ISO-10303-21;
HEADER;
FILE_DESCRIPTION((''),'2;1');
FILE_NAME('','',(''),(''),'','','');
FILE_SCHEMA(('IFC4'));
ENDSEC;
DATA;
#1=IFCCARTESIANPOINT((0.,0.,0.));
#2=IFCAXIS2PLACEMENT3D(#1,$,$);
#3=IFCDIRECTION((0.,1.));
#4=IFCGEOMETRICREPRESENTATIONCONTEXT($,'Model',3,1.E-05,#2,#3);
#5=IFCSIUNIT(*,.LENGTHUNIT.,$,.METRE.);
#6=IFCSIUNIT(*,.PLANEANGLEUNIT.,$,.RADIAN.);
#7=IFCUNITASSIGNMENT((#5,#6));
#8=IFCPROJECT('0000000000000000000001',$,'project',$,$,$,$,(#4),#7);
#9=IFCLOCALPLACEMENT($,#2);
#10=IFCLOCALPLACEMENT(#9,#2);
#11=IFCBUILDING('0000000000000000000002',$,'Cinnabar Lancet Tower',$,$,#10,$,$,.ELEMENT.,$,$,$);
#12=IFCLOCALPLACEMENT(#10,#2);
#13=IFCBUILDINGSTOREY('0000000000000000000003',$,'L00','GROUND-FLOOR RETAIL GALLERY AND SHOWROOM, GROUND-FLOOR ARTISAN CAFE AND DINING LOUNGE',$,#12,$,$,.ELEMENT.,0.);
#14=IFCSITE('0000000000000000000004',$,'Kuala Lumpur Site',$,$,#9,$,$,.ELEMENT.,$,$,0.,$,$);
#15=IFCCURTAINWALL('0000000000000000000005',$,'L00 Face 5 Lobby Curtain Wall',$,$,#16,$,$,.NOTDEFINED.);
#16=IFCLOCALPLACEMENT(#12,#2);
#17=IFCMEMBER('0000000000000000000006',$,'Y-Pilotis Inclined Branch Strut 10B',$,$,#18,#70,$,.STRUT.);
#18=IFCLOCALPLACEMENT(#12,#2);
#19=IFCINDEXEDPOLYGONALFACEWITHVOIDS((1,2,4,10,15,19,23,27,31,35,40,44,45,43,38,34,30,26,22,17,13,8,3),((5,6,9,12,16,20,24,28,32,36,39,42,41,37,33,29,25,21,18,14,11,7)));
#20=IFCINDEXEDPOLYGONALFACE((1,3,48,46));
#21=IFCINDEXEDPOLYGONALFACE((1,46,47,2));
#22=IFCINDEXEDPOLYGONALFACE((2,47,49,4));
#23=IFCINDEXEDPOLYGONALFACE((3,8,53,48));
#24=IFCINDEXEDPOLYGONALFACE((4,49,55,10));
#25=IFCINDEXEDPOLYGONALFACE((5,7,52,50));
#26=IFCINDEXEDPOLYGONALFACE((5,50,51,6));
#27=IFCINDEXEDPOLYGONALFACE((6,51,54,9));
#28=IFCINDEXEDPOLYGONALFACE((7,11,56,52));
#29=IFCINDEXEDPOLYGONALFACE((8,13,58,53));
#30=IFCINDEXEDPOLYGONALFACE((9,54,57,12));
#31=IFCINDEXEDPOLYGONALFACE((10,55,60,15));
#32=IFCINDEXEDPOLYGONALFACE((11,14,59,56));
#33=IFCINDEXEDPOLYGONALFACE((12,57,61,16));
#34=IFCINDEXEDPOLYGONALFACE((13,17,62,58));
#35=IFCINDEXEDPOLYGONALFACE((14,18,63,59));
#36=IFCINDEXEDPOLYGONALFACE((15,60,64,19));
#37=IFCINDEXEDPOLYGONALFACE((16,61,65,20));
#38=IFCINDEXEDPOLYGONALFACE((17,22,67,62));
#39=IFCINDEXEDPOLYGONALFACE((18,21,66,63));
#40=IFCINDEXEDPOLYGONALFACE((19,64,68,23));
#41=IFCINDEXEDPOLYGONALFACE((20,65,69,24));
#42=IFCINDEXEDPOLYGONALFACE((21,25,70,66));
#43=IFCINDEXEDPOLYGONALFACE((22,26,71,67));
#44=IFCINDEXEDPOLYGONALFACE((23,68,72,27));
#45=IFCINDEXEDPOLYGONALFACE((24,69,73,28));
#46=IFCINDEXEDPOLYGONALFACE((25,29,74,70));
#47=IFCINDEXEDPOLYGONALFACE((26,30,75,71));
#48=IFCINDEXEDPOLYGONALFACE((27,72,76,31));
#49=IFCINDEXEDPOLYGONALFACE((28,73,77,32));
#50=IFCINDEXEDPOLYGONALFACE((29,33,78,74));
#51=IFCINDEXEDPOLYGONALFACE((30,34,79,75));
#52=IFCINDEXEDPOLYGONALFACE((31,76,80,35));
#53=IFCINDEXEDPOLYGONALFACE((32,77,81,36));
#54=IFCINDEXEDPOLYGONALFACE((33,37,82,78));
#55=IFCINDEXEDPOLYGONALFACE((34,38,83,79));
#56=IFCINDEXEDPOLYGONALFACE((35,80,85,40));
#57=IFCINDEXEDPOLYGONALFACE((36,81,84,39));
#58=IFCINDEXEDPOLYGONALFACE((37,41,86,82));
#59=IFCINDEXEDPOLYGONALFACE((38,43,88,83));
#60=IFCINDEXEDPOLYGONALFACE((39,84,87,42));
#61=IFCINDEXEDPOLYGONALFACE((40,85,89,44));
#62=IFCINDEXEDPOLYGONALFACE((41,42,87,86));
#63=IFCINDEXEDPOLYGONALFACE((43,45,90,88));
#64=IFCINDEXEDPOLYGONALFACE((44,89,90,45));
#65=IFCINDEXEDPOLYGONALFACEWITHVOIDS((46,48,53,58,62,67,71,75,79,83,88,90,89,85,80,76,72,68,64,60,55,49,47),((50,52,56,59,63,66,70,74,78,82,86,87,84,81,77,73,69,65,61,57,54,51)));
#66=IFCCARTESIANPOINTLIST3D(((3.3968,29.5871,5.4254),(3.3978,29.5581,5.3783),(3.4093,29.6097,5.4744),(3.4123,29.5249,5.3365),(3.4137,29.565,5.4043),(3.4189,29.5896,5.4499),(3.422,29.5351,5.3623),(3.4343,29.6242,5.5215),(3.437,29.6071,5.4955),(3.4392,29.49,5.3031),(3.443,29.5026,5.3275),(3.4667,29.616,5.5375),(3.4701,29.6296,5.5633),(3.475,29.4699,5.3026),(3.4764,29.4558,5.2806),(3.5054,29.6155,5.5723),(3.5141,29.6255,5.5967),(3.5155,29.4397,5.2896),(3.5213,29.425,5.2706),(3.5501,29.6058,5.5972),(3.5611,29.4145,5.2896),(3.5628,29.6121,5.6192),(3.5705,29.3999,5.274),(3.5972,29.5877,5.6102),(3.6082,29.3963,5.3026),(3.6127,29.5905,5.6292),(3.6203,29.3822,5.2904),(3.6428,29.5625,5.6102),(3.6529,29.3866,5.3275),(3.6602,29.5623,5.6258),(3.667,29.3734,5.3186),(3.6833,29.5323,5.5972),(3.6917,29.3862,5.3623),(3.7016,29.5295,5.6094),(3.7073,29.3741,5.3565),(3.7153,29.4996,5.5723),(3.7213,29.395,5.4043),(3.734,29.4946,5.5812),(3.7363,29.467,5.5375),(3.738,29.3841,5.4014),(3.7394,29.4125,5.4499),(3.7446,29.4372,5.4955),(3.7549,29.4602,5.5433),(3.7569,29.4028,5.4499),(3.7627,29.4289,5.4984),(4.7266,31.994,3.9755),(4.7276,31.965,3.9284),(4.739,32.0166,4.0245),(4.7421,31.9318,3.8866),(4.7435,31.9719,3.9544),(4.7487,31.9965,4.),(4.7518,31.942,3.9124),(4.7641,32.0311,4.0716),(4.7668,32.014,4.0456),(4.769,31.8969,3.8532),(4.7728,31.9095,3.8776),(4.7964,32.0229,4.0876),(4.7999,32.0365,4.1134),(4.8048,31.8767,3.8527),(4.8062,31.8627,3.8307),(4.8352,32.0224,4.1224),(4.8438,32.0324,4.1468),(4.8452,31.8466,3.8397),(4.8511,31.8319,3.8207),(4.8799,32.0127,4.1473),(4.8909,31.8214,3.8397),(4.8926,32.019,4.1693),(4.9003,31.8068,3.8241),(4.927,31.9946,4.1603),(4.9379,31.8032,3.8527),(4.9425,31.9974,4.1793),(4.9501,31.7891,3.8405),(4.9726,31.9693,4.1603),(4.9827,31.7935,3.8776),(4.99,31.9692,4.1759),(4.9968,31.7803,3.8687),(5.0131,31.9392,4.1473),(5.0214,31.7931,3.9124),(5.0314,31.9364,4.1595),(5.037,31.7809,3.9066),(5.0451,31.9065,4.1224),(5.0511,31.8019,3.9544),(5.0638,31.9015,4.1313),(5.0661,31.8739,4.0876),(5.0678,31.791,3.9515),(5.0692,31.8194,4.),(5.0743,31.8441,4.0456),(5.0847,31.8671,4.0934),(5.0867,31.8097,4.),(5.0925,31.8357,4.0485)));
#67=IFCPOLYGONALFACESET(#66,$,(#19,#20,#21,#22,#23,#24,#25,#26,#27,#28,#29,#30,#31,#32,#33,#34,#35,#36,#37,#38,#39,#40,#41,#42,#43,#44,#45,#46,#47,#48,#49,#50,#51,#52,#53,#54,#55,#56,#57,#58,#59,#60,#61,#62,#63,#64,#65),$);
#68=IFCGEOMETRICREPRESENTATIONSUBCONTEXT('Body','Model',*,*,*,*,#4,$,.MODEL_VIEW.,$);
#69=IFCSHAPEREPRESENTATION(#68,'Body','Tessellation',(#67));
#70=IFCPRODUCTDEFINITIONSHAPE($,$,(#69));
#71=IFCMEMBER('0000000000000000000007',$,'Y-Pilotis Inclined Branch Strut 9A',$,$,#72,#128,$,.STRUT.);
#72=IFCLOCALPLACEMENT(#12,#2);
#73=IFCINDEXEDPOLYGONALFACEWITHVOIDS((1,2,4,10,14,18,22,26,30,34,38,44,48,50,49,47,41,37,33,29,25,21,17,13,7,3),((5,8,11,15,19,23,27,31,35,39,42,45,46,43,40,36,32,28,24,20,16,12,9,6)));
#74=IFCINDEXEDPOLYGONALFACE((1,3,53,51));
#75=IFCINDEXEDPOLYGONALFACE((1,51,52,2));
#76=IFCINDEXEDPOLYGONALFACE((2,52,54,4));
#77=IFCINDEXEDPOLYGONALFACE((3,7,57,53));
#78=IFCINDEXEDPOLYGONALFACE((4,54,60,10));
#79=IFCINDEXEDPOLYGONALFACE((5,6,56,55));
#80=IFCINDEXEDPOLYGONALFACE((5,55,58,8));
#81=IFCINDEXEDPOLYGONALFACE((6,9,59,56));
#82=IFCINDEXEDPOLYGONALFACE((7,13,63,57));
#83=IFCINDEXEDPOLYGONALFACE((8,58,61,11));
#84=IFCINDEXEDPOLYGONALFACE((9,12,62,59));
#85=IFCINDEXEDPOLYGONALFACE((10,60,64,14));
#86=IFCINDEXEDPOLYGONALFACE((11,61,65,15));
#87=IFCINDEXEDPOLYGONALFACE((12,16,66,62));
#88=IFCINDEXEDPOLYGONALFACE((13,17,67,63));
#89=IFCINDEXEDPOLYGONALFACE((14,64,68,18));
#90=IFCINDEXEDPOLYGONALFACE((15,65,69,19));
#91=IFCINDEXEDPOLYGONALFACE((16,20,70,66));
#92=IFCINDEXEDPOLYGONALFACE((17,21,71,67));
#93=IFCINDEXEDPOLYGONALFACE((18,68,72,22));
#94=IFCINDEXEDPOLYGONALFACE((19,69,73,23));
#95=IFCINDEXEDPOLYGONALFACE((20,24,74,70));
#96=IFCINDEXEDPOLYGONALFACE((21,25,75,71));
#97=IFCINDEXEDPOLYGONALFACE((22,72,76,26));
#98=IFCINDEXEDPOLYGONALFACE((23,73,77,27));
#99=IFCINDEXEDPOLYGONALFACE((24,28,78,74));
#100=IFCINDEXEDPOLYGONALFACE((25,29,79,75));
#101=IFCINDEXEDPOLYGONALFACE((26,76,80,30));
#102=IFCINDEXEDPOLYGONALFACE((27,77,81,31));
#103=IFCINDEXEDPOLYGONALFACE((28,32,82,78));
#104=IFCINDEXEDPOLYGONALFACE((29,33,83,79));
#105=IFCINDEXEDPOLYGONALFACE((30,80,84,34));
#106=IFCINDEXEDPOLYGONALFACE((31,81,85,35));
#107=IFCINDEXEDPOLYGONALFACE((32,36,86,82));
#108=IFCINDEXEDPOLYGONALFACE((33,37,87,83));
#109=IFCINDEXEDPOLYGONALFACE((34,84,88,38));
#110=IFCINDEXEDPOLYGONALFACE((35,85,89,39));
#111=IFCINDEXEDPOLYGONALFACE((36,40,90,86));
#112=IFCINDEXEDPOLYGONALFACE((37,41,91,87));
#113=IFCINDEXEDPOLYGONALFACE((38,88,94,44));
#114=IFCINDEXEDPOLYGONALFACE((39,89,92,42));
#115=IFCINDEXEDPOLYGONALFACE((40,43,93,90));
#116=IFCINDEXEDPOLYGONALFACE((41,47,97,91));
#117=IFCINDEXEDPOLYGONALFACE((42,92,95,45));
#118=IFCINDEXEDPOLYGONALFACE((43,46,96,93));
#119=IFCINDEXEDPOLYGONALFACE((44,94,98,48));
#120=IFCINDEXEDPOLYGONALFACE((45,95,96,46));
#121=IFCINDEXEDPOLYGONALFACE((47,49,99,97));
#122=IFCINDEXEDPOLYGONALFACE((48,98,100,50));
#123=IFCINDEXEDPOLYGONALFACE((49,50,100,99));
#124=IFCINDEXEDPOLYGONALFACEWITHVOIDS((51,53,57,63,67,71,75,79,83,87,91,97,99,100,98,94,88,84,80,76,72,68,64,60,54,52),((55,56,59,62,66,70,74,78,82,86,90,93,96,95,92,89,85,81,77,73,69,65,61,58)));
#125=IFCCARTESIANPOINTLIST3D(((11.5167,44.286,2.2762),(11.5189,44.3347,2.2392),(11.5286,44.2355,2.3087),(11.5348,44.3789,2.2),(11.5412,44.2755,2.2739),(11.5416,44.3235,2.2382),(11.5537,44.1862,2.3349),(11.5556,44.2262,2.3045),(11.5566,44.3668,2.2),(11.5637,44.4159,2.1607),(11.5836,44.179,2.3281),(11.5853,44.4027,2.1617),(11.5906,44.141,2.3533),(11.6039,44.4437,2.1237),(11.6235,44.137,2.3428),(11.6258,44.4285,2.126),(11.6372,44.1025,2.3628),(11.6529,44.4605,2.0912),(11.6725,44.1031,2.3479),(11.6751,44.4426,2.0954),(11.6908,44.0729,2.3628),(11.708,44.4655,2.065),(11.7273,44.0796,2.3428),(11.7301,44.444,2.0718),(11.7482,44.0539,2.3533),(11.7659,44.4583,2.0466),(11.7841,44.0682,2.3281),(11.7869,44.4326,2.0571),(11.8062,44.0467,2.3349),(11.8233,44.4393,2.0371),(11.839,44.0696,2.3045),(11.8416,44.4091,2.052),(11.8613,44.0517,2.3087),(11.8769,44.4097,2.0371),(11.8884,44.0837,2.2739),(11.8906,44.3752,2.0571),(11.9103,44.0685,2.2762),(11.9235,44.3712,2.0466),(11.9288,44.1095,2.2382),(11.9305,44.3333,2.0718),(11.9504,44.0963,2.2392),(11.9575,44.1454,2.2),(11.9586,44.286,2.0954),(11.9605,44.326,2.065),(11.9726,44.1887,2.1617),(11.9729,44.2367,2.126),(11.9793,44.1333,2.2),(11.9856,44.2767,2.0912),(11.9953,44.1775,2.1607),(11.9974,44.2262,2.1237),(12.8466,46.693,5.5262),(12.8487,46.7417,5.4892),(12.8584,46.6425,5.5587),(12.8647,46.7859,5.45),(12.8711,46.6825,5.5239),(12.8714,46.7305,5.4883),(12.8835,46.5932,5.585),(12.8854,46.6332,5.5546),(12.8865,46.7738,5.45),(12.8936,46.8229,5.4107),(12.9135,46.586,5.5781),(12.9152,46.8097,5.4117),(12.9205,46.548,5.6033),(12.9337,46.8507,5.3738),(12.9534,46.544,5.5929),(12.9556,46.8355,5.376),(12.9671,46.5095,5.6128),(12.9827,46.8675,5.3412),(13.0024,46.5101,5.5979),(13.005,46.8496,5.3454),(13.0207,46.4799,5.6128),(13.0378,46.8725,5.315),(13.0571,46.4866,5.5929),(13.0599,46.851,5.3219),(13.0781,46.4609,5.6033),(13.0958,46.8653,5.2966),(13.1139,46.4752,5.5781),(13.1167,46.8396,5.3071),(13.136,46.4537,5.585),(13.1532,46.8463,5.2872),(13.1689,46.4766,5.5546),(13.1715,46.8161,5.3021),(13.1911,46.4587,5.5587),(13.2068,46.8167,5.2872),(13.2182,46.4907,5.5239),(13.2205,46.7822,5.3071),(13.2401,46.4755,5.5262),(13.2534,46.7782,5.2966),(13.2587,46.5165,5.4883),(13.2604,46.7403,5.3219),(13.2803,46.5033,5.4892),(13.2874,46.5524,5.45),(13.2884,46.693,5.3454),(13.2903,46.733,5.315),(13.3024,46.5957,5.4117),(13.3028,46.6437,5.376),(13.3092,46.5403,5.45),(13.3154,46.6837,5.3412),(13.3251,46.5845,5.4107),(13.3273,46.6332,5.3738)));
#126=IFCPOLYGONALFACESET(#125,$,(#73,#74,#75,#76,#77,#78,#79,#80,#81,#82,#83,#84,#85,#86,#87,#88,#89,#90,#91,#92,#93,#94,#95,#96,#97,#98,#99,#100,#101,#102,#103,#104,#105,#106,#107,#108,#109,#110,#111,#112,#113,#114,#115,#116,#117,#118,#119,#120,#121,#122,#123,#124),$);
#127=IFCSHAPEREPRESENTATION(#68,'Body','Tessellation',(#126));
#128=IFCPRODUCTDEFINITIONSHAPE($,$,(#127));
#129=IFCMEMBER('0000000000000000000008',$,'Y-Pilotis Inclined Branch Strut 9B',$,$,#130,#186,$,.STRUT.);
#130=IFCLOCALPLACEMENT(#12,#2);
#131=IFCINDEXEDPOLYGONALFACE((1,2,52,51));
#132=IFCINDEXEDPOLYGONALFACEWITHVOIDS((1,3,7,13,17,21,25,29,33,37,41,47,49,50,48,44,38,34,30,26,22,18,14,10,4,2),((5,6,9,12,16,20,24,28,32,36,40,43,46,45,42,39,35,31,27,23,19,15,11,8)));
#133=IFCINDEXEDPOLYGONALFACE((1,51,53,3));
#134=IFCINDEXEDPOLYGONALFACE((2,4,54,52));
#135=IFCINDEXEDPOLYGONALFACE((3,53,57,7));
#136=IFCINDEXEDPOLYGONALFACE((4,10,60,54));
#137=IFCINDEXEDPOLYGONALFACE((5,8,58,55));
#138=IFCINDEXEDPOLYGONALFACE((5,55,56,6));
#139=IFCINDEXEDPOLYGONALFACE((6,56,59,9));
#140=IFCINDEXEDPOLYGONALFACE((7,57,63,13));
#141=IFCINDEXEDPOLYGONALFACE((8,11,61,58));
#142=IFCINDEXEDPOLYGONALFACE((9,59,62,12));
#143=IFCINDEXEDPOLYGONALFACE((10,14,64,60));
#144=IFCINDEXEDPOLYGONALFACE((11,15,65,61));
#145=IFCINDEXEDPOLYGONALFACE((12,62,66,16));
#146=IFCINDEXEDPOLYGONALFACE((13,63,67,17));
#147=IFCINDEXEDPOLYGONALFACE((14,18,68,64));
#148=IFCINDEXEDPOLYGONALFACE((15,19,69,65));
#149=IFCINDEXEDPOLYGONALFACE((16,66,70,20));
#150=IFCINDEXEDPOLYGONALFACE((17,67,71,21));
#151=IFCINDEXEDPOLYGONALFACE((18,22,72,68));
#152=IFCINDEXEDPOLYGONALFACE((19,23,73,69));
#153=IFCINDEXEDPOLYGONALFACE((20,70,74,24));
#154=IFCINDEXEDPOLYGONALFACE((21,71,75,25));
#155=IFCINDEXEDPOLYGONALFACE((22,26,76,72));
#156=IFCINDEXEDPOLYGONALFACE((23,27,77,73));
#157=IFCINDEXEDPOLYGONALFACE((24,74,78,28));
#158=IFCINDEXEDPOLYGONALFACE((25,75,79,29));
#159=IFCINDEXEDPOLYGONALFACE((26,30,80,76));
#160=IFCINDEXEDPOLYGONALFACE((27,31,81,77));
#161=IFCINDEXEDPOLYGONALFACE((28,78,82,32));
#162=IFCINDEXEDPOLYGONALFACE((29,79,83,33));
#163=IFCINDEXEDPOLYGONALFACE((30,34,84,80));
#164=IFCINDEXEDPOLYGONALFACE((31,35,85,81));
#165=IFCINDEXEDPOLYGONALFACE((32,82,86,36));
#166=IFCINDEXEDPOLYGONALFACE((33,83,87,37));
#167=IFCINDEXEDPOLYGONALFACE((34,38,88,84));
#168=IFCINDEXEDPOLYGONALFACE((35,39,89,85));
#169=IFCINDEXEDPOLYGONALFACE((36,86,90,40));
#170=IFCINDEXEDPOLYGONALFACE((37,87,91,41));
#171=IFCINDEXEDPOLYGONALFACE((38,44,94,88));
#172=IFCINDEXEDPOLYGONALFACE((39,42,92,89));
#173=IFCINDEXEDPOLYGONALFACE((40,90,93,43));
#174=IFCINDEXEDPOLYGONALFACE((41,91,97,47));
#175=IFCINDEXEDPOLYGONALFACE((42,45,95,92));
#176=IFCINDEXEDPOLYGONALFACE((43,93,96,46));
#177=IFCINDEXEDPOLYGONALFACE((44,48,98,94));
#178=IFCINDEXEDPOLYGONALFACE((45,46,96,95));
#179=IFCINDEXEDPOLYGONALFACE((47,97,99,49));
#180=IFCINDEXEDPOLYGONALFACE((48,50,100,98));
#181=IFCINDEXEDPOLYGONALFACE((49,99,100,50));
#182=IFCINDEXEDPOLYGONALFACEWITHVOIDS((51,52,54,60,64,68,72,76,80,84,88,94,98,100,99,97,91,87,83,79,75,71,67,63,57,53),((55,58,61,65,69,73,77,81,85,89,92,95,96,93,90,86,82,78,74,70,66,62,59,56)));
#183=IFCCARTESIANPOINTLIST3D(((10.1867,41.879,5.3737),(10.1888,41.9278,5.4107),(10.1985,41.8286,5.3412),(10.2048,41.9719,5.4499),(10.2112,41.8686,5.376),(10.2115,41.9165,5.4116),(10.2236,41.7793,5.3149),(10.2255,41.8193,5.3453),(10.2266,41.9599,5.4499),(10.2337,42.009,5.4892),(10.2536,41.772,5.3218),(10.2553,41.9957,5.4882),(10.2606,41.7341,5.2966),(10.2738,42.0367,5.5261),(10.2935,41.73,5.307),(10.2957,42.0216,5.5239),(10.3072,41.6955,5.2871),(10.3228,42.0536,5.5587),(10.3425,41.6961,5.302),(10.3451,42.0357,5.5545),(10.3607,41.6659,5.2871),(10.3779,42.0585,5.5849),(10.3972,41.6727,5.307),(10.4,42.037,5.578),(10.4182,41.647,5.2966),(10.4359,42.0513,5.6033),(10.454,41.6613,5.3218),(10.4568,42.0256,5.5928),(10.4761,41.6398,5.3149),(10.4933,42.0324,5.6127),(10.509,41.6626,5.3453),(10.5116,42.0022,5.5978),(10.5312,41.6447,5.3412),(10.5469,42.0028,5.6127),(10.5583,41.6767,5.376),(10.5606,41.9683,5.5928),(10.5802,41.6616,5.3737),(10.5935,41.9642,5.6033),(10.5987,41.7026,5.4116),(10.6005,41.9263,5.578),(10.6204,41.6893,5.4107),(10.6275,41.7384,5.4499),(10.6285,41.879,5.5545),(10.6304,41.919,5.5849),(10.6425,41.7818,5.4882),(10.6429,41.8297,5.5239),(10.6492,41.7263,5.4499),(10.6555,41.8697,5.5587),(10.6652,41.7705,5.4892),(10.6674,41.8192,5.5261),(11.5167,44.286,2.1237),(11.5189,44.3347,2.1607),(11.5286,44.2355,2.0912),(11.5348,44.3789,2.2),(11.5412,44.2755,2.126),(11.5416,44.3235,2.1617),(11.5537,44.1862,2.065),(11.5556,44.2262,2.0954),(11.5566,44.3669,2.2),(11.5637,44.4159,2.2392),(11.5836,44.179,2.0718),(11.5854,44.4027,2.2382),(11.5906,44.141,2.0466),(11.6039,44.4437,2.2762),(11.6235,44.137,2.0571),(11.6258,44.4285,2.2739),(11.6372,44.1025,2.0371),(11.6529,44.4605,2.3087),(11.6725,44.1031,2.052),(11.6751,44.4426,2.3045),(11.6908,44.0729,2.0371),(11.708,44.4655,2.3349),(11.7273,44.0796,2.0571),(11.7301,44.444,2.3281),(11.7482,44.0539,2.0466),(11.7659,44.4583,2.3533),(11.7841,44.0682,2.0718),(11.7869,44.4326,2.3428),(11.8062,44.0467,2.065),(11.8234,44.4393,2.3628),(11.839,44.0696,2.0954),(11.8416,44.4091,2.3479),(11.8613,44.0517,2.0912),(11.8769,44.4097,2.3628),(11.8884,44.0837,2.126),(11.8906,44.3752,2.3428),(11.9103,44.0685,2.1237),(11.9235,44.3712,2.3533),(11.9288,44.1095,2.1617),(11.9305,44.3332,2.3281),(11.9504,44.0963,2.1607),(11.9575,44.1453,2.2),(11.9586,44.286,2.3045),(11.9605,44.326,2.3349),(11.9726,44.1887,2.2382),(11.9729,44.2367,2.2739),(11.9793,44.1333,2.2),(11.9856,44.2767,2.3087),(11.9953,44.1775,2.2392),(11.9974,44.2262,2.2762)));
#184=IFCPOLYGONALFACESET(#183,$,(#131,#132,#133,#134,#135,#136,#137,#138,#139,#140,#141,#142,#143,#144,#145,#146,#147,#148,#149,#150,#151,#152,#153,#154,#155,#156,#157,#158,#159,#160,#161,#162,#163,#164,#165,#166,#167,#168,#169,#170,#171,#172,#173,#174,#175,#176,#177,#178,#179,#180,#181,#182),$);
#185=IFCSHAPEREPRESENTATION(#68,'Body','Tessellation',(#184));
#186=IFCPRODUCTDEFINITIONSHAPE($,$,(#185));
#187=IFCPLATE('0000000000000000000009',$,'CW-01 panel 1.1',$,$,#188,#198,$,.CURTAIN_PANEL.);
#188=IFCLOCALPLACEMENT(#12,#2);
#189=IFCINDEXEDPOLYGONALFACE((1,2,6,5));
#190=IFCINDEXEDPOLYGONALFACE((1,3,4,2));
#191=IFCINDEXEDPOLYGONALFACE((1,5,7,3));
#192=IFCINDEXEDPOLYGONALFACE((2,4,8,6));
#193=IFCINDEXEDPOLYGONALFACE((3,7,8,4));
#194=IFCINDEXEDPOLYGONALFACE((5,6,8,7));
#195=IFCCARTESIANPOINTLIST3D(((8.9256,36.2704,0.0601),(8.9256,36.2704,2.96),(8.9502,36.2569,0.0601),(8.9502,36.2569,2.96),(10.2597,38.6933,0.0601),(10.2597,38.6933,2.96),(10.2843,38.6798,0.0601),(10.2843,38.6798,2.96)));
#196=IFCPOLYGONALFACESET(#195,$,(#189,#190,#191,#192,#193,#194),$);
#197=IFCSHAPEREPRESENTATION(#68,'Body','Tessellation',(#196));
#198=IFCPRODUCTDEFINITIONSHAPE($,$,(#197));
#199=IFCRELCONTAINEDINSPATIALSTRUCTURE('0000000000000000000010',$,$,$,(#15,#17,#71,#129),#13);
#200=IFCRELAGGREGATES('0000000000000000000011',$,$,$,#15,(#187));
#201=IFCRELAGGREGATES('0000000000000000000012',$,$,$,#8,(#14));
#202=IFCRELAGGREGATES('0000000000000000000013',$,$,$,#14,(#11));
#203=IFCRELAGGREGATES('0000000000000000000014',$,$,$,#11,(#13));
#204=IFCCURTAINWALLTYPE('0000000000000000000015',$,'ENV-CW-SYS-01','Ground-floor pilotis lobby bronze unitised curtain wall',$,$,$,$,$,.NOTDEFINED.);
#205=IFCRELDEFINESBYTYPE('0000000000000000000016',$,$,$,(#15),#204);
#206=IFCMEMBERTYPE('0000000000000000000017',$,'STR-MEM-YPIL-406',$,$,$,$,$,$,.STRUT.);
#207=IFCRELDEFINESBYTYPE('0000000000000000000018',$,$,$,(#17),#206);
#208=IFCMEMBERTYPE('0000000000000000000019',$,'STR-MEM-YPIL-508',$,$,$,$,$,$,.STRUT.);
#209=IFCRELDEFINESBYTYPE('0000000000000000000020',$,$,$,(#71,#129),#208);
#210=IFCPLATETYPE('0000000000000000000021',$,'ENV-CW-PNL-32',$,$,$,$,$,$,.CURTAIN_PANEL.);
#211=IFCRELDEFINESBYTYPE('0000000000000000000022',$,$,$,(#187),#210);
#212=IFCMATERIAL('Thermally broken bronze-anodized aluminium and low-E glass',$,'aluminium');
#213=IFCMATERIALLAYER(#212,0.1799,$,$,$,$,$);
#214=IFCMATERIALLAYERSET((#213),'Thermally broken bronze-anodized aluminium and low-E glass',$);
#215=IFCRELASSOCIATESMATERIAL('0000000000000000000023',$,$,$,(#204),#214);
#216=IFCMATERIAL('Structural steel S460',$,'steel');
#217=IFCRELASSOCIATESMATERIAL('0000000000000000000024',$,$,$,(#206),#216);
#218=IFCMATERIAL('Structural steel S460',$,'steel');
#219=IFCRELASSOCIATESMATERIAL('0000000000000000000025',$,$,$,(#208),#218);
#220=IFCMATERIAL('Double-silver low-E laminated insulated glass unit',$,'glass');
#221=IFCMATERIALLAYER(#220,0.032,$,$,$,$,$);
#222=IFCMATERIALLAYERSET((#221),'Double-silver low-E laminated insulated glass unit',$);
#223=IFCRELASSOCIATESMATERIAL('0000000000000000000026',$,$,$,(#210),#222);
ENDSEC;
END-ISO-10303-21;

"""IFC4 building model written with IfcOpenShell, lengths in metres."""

from ifc_helpers import new_model, si_unit, direction, frame, origin, origin_2d, place, context, subcontext, project, spatial, rectangle, hollow_circle, extrude, material, layer, layer_set, material_profile, profile_set, type_object, element, aggregate, save


model = new_model("IFC4")

# Units and contexts
model_context = context("Model", 3, precision=1e-05, world=origin(), true_north=direction((0.0, 1.0)))
body_context = subcontext(model_context, "Body", "Model", "MODEL_VIEW")
ifc_project = project(units=[si_unit("LENGTHUNIT", "METRE"), si_unit("PLANEANGLEUNIT", "RADIAN")], contexts=[model_context])

# Site, building, storey
site_placement = place(None, origin())
site = spatial("IfcSite", under=ifc_project, at=site_placement, Name="Kuala Lumpur Site", CompositionType="ELEMENT", RefElevation=0.0)
building_placement = place(site_placement, origin())
building = spatial("IfcBuilding", under=site, at=building_placement, Name="Cinnabar Lancet Tower", CompositionType="ELEMENT")
storey_placement = place(building_placement, origin())
storey = spatial("IfcBuildingStorey", under=building, at=storey_placement, Name="L00", Description="GROUND-FLOOR RETAIL GALLERY AND SHOWROOM, GROUND-FLOOR ARTISAN CAFE AND DINING LOUNGE", CompositionType="ELEMENT", Elevation=0.0)

# Curtain wall
ifc_material_1 = material(Name="Thermally broken bronze-anodized aluminium and low-E glass", Category="aluminium")
ifc_layer_1 = layer(ifc_material_1, 0.1799)
ifc_layer_set_1 = layer_set([ifc_layer_1], Name="Thermally broken bronze-anodized aluminium and low-E glass")
curtain_wall_type = type_object("IfcCurtainWallType", Name="ENV-CW-SYS-01", Description="Ground-floor pilotis lobby bronze unitised curtain wall", PredefinedType="NOTDEFINED", material=ifc_layer_set_1)
curtain_wall_placement = place(storey_placement, origin())
curtain_wall = element("IfcCurtainWall", 1, at=curtain_wall_placement, inside=storey, type_object=curtain_wall_type, Name="L00 Face 5 Lobby Curtain Wall", PredefinedType="NOTDEFINED")

# Members
ifc_material_2 = material(Name="Structural steel S460", Category="steel")
ifc_material_profile_1 = material_profile(ifc_material_2, hollow_circle(Radius=0.2031, WallThickness=0.02, at=origin_2d()), Name="CHS 406.4x20")
ifc_profile_set_1 = profile_set([ifc_material_profile_1], Name="Structural steel S460")
member_type_1 = type_object("IfcMemberType", Name="STR-MEM-YPIL-406", PredefinedType="STRUT", material=ifc_profile_set_1)
member_1_placement = place(storey_placement, frame((4.9089, 31.908, 4.0), z_axis=(-0.42777, -0.774258, 0.466408), x_axis=(0.875294, -0.483591, 0.0)))
element("IfcMember", 2, at=member_1_placement, inside=storey, type_object=member_type_1, Name="Y-Pilotis Inclined Branch Strut 10B", PredefinedType="STRUT", context=body_context, shape_type="SweptSolid", body=[
    extrude(hollow_circle(Radius=0.2031, WallThickness=0.02, at=origin_2d()), origin(), (0.0, 0.0, 1.0), 3.1086),
])
ifc_material_3 = material(Name="Structural steel S460", Category="steel")
ifc_material_profile_2 = material_profile(ifc_material_3, hollow_circle(Radius=0.2539, WallThickness=0.0249, at=origin_2d()), Name="CHS 508x25")
ifc_profile_set_2 = profile_set([ifc_material_profile_2], Name="Structural steel S460")
member_type_2 = type_object("IfcMemberType", Name="STR-MEM-YPIL-508", PredefinedType="STRUT", material=ifc_profile_set_2)
for number, where, z_axis, x_axis, name in (
    (3, (11.7571, 44.2561, 2.2), (0.312366, 0.565379, 0.763396), (-0.875294, 0.483591, 0.0), "Y-Pilotis Inclined Branch Strut 9A"),
    (4, (11.7571, 44.2561, 2.2), (-0.312418, -0.565369, 0.763383), (0.875256, -0.483659, 0.0), "Y-Pilotis Inclined Branch Strut 9B"),
):
    element("IfcMember", number, at=place(storey_placement, frame(where, z_axis=z_axis, x_axis=x_axis)), inside=storey, type_object=member_type_2, Name=name, PredefinedType="STRUT", context=body_context, shape_type="SweptSolid", body=[
        extrude(hollow_circle(Radius=0.2539, WallThickness=0.0249, at=origin_2d()), origin(), (0.0, 0.0, 1.0), 4.2573),
    ])

# Plate
ifc_material_4 = material(Name="Double-silver low-E laminated insulated glass unit", Category="glass")
ifc_layer_2 = layer(ifc_material_4, 0.032)
ifc_layer_set_2 = layer_set([ifc_layer_2], Name="Double-silver low-E laminated insulated glass unit")
plate_type_1 = type_object("IfcPlateType", Name="ENV-CW-PNL-32", PredefinedType="CURTAIN_PANEL", material=ifc_layer_set_2)
plate_1_placement = place(storey_placement, frame((9.605, 37.4751, 0.0601), z_axis=(0.0, 0.0, 1.0), x_axis=(0.482344, 0.875982, 0.0)))
plate_1 = element("IfcPlate", 5, at=plate_1_placement, type_object=plate_type_1, Name="CW-01 panel 1.1", PredefinedType="CURTAIN_PANEL", context=body_context, shape_type="SweptSolid", body=[
    extrude(rectangle(XDim=2.7659, YDim=0.0281, at=origin_2d()), origin(), (0.0, 0.0, 1.0), 2.8999),
])
aggregate(curtain_wall, [plate_1])

save(model, "model.ifc")
